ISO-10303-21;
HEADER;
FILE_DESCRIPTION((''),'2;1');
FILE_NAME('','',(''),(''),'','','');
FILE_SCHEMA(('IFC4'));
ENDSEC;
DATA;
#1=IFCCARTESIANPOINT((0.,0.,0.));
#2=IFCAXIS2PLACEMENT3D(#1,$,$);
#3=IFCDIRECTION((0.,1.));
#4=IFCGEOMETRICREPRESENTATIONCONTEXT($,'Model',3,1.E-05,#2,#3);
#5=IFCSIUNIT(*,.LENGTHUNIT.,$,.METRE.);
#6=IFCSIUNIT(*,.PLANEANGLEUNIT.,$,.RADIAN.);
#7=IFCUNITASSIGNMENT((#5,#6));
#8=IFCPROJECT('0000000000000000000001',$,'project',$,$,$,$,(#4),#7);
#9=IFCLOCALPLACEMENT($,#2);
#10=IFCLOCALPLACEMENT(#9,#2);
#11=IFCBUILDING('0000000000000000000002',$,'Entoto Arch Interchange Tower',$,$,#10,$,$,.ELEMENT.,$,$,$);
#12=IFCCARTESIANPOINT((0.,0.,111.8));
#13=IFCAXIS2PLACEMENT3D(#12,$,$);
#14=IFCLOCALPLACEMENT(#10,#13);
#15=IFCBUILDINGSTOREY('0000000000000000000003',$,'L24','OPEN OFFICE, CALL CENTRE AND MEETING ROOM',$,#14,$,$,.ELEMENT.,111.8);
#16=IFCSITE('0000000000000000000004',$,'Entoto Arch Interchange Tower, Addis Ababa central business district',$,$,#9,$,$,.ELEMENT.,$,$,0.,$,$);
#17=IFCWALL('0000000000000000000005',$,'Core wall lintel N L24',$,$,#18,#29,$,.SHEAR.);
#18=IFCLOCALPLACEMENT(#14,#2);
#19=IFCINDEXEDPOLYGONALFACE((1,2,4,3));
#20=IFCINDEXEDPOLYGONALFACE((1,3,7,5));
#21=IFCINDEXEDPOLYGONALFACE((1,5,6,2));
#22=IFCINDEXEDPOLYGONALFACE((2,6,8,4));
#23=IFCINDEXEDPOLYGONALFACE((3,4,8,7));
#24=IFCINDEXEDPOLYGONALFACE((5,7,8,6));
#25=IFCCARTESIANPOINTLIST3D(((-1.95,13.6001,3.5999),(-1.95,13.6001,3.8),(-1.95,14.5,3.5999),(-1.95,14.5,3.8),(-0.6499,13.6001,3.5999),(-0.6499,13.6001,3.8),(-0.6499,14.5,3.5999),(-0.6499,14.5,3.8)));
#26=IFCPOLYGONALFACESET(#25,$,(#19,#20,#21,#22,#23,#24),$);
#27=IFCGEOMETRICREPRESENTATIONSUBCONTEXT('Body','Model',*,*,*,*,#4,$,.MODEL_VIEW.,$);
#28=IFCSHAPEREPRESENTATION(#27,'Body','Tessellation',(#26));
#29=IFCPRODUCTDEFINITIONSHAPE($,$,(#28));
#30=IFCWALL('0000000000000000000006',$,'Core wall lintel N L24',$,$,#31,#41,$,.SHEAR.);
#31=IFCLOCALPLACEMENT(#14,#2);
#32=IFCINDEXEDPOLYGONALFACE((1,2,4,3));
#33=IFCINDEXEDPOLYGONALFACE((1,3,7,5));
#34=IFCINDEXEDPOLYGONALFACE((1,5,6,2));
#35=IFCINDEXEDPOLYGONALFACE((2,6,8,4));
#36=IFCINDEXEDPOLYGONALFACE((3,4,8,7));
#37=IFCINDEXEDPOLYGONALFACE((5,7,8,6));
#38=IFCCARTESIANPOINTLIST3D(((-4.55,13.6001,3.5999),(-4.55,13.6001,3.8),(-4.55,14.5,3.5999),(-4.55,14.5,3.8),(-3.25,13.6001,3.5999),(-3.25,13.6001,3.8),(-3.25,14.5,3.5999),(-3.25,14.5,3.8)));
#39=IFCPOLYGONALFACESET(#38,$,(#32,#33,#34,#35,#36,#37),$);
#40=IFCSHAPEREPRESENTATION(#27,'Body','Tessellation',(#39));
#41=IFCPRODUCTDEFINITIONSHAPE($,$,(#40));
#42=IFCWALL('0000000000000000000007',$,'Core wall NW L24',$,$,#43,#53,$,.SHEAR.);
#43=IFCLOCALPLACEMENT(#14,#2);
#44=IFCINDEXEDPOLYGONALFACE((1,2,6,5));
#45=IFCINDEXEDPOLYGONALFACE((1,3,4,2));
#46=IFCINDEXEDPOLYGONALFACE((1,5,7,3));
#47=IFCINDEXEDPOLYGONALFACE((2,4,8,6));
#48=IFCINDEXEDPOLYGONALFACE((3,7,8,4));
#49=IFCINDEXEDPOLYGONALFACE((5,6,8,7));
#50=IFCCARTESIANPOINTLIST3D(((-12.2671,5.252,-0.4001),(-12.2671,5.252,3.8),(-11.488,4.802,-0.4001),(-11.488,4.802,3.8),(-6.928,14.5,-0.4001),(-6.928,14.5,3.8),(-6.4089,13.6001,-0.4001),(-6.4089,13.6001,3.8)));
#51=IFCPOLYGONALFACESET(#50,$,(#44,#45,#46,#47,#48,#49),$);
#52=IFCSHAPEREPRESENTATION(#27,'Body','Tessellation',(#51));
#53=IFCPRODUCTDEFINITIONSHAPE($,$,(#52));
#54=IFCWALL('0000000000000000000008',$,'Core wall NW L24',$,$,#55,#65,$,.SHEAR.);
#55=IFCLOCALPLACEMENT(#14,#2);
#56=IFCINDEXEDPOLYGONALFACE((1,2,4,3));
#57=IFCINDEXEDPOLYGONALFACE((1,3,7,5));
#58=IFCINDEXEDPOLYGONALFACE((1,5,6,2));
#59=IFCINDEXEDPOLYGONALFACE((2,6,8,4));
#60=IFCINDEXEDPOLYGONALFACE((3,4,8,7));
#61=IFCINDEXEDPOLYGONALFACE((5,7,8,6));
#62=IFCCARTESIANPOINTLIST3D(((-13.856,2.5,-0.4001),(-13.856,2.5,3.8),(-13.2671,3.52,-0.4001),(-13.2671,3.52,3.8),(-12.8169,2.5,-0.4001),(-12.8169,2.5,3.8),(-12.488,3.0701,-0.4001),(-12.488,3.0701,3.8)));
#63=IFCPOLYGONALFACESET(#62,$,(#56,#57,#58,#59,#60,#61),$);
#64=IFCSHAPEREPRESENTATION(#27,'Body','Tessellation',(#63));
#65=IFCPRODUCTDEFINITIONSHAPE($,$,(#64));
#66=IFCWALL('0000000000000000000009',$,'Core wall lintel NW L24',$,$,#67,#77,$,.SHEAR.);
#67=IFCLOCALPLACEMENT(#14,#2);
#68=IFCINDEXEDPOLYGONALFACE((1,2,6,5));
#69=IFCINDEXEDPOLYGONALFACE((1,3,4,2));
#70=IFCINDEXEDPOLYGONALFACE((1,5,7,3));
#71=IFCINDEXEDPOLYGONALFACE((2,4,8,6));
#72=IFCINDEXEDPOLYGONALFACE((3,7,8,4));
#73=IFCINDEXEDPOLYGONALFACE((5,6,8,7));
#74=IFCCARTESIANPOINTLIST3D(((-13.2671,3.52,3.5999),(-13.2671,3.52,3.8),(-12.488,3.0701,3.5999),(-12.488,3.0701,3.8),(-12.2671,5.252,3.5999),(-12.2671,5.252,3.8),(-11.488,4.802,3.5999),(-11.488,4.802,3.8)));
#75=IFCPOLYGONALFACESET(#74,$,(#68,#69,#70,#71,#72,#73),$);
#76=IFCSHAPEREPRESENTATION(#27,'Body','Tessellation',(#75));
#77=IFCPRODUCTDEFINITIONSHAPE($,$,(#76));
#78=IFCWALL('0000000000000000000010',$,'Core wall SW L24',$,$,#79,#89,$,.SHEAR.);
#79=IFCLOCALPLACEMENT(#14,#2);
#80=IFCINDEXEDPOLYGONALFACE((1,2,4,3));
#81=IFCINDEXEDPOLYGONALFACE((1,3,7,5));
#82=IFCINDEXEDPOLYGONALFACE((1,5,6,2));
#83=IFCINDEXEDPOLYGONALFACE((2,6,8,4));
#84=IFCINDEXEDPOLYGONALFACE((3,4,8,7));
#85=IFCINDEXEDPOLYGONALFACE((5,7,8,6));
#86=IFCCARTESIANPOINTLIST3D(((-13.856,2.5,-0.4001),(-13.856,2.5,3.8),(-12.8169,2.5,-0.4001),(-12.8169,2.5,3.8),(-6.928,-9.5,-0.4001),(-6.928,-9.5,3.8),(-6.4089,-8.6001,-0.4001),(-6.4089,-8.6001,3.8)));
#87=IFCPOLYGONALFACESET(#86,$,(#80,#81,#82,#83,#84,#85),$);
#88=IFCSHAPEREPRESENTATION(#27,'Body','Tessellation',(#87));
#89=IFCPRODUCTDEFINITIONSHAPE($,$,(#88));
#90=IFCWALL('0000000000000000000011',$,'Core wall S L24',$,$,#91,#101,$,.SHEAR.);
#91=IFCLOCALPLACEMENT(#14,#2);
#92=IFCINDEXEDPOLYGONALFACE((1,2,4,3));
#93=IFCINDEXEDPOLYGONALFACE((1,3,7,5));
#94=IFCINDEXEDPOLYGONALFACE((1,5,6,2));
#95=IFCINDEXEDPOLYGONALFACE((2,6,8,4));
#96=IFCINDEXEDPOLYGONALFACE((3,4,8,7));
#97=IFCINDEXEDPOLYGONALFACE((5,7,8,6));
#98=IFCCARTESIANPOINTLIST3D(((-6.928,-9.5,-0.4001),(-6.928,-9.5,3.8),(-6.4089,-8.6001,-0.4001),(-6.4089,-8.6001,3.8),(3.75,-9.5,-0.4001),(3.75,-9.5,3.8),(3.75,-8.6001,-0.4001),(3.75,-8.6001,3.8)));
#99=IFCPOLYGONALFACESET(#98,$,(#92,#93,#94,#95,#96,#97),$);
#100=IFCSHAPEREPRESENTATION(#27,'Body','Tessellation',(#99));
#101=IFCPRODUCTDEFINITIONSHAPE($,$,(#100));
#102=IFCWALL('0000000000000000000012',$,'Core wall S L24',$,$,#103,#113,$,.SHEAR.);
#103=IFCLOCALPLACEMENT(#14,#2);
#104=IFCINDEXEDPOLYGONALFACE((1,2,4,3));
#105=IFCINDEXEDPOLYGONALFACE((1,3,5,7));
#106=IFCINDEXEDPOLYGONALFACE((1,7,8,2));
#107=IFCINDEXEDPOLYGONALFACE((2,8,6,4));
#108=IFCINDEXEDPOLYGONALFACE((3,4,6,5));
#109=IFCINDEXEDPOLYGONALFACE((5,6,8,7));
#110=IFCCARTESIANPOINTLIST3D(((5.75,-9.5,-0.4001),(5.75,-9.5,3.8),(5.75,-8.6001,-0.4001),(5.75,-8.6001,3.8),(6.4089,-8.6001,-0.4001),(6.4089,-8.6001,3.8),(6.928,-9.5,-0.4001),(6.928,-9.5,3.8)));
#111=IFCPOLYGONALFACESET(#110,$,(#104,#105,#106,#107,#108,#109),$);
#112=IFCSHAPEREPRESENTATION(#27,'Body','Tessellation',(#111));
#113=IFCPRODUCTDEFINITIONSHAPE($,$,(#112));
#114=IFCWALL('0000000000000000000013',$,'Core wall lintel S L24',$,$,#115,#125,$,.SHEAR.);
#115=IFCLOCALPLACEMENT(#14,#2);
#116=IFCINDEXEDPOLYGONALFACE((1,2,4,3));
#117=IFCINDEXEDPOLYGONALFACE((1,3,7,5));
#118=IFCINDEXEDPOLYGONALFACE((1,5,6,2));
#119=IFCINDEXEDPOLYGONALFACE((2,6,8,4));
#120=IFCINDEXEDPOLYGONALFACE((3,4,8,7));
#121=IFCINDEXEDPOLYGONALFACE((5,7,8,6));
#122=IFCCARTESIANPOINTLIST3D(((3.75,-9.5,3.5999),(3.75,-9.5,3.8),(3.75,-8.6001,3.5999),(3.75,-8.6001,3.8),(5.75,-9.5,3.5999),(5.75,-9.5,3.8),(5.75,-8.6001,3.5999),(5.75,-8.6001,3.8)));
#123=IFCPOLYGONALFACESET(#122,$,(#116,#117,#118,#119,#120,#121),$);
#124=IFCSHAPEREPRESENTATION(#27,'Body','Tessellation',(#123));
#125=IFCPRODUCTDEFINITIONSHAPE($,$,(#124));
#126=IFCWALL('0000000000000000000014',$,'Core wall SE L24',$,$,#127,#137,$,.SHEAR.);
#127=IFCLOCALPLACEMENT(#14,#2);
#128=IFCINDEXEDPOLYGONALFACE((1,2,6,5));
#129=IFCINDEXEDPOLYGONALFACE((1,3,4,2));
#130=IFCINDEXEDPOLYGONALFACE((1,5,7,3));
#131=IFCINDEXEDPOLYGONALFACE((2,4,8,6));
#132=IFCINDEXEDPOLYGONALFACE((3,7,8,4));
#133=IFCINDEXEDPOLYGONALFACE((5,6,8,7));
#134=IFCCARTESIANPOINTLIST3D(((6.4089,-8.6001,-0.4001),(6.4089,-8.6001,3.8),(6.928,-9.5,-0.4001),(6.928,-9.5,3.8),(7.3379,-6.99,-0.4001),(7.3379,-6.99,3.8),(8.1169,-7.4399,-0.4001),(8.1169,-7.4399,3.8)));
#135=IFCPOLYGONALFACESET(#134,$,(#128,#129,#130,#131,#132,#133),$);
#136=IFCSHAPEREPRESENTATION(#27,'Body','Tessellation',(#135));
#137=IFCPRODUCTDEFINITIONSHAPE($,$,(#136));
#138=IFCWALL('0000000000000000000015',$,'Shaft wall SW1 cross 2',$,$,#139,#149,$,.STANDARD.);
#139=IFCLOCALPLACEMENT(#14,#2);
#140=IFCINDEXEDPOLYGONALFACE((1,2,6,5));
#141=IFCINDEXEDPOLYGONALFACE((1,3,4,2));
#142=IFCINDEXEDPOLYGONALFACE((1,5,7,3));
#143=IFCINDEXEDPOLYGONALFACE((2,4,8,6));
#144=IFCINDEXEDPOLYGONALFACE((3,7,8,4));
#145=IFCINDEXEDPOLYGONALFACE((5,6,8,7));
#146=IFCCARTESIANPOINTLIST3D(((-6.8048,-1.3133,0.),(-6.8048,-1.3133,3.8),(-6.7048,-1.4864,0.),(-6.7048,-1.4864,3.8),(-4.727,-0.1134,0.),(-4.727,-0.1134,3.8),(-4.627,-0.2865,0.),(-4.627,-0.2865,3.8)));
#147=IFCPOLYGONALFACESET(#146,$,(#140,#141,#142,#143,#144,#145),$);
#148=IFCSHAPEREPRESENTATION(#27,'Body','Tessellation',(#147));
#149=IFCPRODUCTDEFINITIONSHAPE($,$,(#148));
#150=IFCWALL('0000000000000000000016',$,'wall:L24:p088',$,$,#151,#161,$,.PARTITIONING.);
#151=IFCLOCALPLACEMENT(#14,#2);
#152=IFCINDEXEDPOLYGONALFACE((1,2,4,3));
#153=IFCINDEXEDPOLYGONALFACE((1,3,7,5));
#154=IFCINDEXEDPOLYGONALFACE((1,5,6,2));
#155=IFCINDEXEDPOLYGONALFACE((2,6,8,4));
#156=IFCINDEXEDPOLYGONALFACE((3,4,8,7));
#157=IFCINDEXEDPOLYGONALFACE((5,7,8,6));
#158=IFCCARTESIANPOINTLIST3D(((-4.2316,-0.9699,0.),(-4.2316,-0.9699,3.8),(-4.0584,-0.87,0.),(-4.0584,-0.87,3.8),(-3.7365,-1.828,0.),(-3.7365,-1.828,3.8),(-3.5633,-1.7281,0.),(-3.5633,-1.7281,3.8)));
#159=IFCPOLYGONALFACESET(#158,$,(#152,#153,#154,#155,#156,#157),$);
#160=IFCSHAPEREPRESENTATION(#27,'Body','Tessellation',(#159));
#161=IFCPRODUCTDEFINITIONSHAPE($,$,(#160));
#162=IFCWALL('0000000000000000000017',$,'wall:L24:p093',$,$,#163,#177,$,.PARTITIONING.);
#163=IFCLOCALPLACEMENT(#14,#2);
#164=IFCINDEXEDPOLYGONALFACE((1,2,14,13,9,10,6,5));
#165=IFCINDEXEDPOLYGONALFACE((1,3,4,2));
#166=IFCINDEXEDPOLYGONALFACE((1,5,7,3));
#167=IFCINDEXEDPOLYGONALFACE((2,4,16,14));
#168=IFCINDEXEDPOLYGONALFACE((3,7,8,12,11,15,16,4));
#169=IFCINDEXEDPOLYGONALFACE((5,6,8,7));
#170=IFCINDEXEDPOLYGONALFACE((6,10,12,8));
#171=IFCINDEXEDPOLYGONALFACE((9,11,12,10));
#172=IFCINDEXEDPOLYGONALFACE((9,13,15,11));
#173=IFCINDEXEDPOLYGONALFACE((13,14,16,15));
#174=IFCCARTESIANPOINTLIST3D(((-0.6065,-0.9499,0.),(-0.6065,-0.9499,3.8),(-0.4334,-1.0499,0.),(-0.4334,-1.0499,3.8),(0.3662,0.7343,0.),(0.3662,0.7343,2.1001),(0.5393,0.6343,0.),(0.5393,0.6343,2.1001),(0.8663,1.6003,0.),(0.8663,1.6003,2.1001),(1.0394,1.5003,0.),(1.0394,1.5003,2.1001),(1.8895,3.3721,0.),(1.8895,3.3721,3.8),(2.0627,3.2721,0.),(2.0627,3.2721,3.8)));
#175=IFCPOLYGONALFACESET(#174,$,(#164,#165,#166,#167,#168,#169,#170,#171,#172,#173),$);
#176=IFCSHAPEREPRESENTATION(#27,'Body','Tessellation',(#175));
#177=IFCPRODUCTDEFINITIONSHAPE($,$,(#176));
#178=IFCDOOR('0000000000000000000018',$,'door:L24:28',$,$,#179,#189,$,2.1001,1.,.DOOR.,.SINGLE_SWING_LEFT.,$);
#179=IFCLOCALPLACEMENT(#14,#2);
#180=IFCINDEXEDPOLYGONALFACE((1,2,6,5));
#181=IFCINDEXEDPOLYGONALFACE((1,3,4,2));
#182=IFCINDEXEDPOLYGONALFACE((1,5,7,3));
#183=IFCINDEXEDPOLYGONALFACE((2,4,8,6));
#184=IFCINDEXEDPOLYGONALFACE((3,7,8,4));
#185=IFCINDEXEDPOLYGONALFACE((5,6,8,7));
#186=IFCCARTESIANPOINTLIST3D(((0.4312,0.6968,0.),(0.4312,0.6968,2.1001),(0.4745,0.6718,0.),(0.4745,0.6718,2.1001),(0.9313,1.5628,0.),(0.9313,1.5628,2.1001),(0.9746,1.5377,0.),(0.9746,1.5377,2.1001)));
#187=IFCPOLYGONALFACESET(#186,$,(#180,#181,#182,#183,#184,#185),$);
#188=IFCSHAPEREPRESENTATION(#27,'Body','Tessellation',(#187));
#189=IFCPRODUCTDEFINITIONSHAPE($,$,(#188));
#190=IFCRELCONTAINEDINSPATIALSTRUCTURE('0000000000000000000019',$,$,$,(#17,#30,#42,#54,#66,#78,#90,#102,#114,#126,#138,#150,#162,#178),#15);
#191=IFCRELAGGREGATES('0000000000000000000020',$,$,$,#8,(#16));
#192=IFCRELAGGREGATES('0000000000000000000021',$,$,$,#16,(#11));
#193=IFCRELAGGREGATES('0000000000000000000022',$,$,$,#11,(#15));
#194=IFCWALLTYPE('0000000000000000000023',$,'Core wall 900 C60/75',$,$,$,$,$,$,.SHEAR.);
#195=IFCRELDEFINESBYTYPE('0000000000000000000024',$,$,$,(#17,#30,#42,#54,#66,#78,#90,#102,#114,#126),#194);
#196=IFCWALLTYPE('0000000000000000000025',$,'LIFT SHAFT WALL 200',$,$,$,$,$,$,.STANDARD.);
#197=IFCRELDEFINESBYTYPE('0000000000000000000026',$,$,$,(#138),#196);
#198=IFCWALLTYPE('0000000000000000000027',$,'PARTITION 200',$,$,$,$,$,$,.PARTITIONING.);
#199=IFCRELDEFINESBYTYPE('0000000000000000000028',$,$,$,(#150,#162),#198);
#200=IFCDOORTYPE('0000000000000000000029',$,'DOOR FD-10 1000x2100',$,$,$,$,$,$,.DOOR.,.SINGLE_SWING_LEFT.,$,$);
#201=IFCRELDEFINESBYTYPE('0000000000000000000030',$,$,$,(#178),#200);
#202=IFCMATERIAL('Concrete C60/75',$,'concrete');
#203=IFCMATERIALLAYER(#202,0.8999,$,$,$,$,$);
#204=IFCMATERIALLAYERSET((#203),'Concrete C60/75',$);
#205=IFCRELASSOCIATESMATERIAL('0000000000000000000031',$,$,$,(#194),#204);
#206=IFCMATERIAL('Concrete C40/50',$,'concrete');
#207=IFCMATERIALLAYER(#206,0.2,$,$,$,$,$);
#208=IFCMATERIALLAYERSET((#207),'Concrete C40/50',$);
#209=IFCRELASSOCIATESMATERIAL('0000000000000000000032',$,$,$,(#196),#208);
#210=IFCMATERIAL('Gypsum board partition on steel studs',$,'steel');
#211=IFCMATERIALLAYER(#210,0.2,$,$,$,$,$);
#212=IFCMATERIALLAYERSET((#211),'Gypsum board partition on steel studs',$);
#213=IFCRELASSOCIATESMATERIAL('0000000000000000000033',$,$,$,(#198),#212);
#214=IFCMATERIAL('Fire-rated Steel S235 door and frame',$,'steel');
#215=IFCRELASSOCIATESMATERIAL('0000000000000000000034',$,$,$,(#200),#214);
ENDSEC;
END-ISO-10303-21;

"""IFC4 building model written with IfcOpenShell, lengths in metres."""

from ifc_helpers import new_model, si_unit, direction, frame, frame_2d, origin, place, context, subcontext, project, spatial, polyline, rectangle, outline, extrude, material, layer, layer_set, type_object, element, fill, save


model = new_model("IFC4")

# Units and contexts
model_context = context("Model", 3, precision=1e-05, world=origin(), true_north=direction((0.0, 1.0)))
body_context = subcontext(model_context, "Body", "Model", "MODEL_VIEW")
ifc_project = project(units=[si_unit("LENGTHUNIT", "METRE"), si_unit("PLANEANGLEUNIT", "RADIAN")], contexts=[model_context])

# Site, building, storey
site_placement = place(None, origin())
site = spatial("IfcSite", under=ifc_project, at=site_placement, Name="Entoto Arch Interchange Tower, Addis Ababa central business district", CompositionType="ELEMENT", RefElevation=0.0)
building_placement = place(site_placement, origin())
building = spatial("IfcBuilding", under=site, at=building_placement, Name="Entoto Arch Interchange Tower", CompositionType="ELEMENT")
storey_placement = place(building_placement, frame((0.0, 0.0, 111.8)))
storey = spatial("IfcBuildingStorey", under=building, at=storey_placement, Name="L24", Description="OPEN OFFICE, CALL CENTRE AND MEETING ROOM", CompositionType="ELEMENT", Elevation=111.8)

# Shared definitions
ifc_material_1 = material(Name="Concrete C40/50", Category="concrete")

# Walls
ifc_material_2 = material(Name="Concrete C60/75", Category="concrete")
ifc_layer_1 = layer(ifc_material_2, 0.8999)
ifc_layer_set_1 = layer_set([ifc_layer_1], Name="Concrete C60/75")
wall_type_1 = type_object("IfcWallType", Name="Core wall 900 C60/75", PredefinedType="SHEAR", material=ifc_layer_set_1)
wall_1_placement = place(storey_placement, frame((0.0, 0.0, 3.5999)))
element("IfcWall", 1, at=wall_1_placement, inside=storey, type_object=wall_type_1, Name="Core wall lintel N L24", PredefinedType="SHEAR", context=body_context, shape_type="SweptSolid", body=[
    extrude(outline(polyline([(-1.95, 14.5), (-1.95, 13.6001), (-0.6499, 13.6001), (-0.6499, 14.5), (-1.95, 14.5)])), origin(), (0.0, 0.0, 1.0), 0.2002),
])
wall_2_placement = place(storey_placement, frame((0.0, 0.0, 3.5999)))
element("IfcWall", 2, at=wall_2_placement, inside=storey, type_object=wall_type_1, Name="Core wall lintel N L24", PredefinedType="SHEAR", context=body_context, shape_type="SweptSolid", body=[
    extrude(outline(polyline([(-4.55, 14.5), (-4.55, 13.6001), (-3.25, 13.6001), (-3.25, 14.5), (-4.55, 14.5)])), origin(), (0.0, 0.0, 1.0), 0.2002),
])
wall_3_placement = place(storey_placement, frame((0.0, 0.0, -0.4001)))
element("IfcWall", 3, at=wall_3_placement, inside=storey, type_object=wall_type_1, Name="Core wall NW L24", PredefinedType="SHEAR", context=body_context, shape_type="SweptSolid", body=[
    extrude(outline(polyline([(-12.2671, 5.252), (-11.488, 4.802), (-6.4089, 13.6001), (-6.928, 14.5), (-12.2671, 5.252)])), origin(), (0.0, 0.0, 1.0), 4.2002),
])
wall_4_placement = place(storey_placement, frame((0.0, 0.0, -0.4001)))
element("IfcWall", 4, at=wall_4_placement, inside=storey, type_object=wall_type_1, Name="Core wall NW L24", PredefinedType="SHEAR", context=body_context, shape_type="SweptSolid", body=[
    extrude(outline(polyline([(-12.488, 3.0701), (-13.2671, 3.52), (-13.856, 2.5), (-12.8169, 2.5), (-12.488, 3.0701)])), origin(), (0.0, 0.0, 1.0), 4.2002),
])
wall_5_placement = place(storey_placement, frame((0.0, 0.0, 3.5999)))
element("IfcWall", 5, at=wall_5_placement, inside=storey, type_object=wall_type_1, Name="Core wall lintel NW L24", PredefinedType="SHEAR", context=body_context, shape_type="SweptSolid", body=[
    extrude(outline(polyline([(-13.2671, 3.52), (-12.488, 3.0701), (-11.488, 4.802), (-12.2671, 5.252), (-13.2671, 3.52)])), origin(), (0.0, 0.0, 1.0), 0.2002),
])
wall_6_placement = place(storey_placement, frame((0.0, 0.0, -0.4001)))
element("IfcWall", 6, at=wall_6_placement, inside=storey, type_object=wall_type_1, Name="Core wall SW L24", PredefinedType="SHEAR", context=body_context, shape_type="SweptSolid", body=[
    extrude(outline(polyline([(-13.856, 2.5), (-6.928, -9.5), (-6.4089, -8.6001), (-12.8169, 2.5), (-13.856, 2.5)])), origin(), (0.0, 0.0, 1.0), 4.2002),
])
wall_7_placement = place(storey_placement, frame((0.0, 0.0, -0.4001)))
element("IfcWall", 7, at=wall_7_placement, inside=storey, type_object=wall_type_1, Name="Core wall S L24", PredefinedType="SHEAR", context=body_context, shape_type="SweptSolid", body=[
    extrude(outline(polyline([(3.75, -9.5), (3.75, -8.6001), (-6.4089, -8.6001), (-6.928, -9.5), (3.75, -9.5)])), origin(), (0.0, 0.0, 1.0), 4.2002),
])
wall_8_placement = place(storey_placement, frame((0.0, 0.0, -0.4001)))
element("IfcWall", 8, at=wall_8_placement, inside=storey, type_object=wall_type_1, Name="Core wall S L24", PredefinedType="SHEAR", context=body_context, shape_type="SweptSolid", body=[
    extrude(outline(polyline([(5.75, -8.6001), (5.75, -9.5), (6.928, -9.5), (6.4089, -8.6001), (5.75, -8.6001)])), origin(), (0.0, 0.0, 1.0), 4.2002),
])
wall_9_placement = place(storey_placement, frame((0.0, 0.0, 3.5999)))
element("IfcWall", 9, at=wall_9_placement, inside=storey, type_object=wall_type_1, Name="Core wall lintel S L24", PredefinedType="SHEAR", context=body_context, shape_type="SweptSolid", body=[
    extrude(outline(polyline([(5.75, -9.5), (5.75, -8.6001), (3.75, -8.6001), (3.75, -9.5), (5.75, -9.5)])), origin(), (0.0, 0.0, 1.0), 0.2002),
])
wall_10_placement = place(storey_placement, frame((0.0, 0.0, -0.4001)))
element("IfcWall", 10, at=wall_10_placement, inside=storey, type_object=wall_type_1, Name="Core wall SE L24", PredefinedType="SHEAR", context=body_context, shape_type="SweptSolid", body=[
    extrude(outline(polyline([(8.1169, -7.4399), (7.3379, -6.99), (6.4089, -8.6001), (6.928, -9.5), (8.1169, -7.4399)])), origin(), (0.0, 0.0, 1.0), 4.2002),
])
ifc_layer_2 = layer(ifc_material_1, 0.2)
ifc_layer_set_2 = layer_set([ifc_layer_2], Name="Concrete C40/50")
wall_type_2 = type_object("IfcWallType", Name="LIFT SHAFT WALL 200", PredefinedType="STANDARD", material=ifc_layer_set_2)
wall_11_placement = place(storey_placement, frame((-4.677, -0.2, 0.0), z_axis=(0.0, 0.0, 1.0), x_axis=(-0.865974, -0.500089, 0.0)))
element("IfcWall", 11, at=wall_11_placement, inside=storey, type_object=wall_type_2, Name="Shaft wall SW1 cross 2", PredefinedType="STANDARD", context=body_context, shape_type="SweptSolid", body=[
    extrude(rectangle(XDim=2.3994, YDim=0.2, at=frame_2d((1.1997, 0.0))), origin(), (0.0, 0.0, 1.0), 3.8),
])
ifc_material_3 = material(Name="Gypsum board partition on steel studs", Category="steel")
ifc_layer_3 = layer(ifc_material_3, 0.2)
ifc_layer_set_3 = layer_set([ifc_layer_3], Name="Gypsum board partition on steel studs")
wall_type_3 = type_object("IfcWallType", Name="PARTITION 200", PredefinedType="PARTITIONING", material=ifc_layer_set_3)
wall_12_placement = place(storey_placement, frame((-4.145, -0.9199, 0.0), z_axis=(0.0, 0.0, 1.0), x_axis=(0.499744, -0.866173, 0.0)))
element("IfcWall", 12, at=wall_12_placement, inside=storey, type_object=wall_type_3, Name="wall:L24:p088", PredefinedType="PARTITIONING", context=body_context, shape_type="SweptSolid", body=[
    extrude(rectangle(XDim=0.9907, YDim=0.2, at=frame_2d((0.4954, 0.0))), origin(), (0.0, 0.0, 1.0), 3.8),
])

# Wall, opening, door
wall_13_placement = place(storey_placement, frame((-0.52, -1.0, 0.0), z_axis=(0.0, 0.0, 1.0), x_axis=(0.500116, 0.865958, 0.0)))
wall_13 = element("IfcWall", 13, at=wall_13_placement, inside=storey, type_object=wall_type_3, Name="wall:L24:p093", PredefinedType="PARTITIONING", context=body_context, shape_type="SweptSolid", body=[
    extrude(rectangle(XDim=4.991, YDim=0.2, at=frame_2d((2.4956, 0.0))), origin(), (0.0, 0.0, 1.0), 3.8),
])
opening_1_placement = place(wall_13_placement, frame((1.9451, 0.0, 0.0)))
opening_1 = element("IfcOpeningElement", 14, at=opening_1_placement, cuts=wall_13, PredefinedType="OPENING", context=body_context, shape_type="SweptSolid", body=[
    extrude(rectangle(XDim=1.0, YDim=2.1001, at=frame_2d((0.5, 1.05))), frame((0.0, 0.1099, 0.0), z_axis=(0.0, -1.0, 0.0), x_axis=(1.0, 0.0, 0.0)), (0.0, 0.0, 1.0), 0.22),
])
ifc_material_4 = material(Name="Fire-rated Steel S235 door and frame", Category="steel")
door_type_1 = type_object("IfcDoorType", Name="DOOR FD-10 1000x2100", OperationType="SINGLE_SWING_LEFT", PredefinedType="DOOR", material=ifc_material_4)
door_1_placement = place(opening_1_placement, origin())
door_1 = element("IfcDoor", 15, at=door_1_placement, inside=storey, type_object=door_type_1, Name="door:L24:28", OperationType="SINGLE_SWING_LEFT", OverallHeight=2.1001, OverallWidth=1.0, PredefinedType="DOOR", context=body_context, shape_type="SweptSolid", body=[
    extrude(rectangle(XDim=1.0, YDim=2.1001, at=frame_2d((0.5, 1.05))), frame((0.0, 0.0249, 0.0), z_axis=(0.0, -1.0, 0.0), x_axis=(1.0, 0.0, 0.0)), (0.0, 0.0, 1.0), 0.05),
])
fill(opening_1, door_1)

save(model, "model.ifc")
